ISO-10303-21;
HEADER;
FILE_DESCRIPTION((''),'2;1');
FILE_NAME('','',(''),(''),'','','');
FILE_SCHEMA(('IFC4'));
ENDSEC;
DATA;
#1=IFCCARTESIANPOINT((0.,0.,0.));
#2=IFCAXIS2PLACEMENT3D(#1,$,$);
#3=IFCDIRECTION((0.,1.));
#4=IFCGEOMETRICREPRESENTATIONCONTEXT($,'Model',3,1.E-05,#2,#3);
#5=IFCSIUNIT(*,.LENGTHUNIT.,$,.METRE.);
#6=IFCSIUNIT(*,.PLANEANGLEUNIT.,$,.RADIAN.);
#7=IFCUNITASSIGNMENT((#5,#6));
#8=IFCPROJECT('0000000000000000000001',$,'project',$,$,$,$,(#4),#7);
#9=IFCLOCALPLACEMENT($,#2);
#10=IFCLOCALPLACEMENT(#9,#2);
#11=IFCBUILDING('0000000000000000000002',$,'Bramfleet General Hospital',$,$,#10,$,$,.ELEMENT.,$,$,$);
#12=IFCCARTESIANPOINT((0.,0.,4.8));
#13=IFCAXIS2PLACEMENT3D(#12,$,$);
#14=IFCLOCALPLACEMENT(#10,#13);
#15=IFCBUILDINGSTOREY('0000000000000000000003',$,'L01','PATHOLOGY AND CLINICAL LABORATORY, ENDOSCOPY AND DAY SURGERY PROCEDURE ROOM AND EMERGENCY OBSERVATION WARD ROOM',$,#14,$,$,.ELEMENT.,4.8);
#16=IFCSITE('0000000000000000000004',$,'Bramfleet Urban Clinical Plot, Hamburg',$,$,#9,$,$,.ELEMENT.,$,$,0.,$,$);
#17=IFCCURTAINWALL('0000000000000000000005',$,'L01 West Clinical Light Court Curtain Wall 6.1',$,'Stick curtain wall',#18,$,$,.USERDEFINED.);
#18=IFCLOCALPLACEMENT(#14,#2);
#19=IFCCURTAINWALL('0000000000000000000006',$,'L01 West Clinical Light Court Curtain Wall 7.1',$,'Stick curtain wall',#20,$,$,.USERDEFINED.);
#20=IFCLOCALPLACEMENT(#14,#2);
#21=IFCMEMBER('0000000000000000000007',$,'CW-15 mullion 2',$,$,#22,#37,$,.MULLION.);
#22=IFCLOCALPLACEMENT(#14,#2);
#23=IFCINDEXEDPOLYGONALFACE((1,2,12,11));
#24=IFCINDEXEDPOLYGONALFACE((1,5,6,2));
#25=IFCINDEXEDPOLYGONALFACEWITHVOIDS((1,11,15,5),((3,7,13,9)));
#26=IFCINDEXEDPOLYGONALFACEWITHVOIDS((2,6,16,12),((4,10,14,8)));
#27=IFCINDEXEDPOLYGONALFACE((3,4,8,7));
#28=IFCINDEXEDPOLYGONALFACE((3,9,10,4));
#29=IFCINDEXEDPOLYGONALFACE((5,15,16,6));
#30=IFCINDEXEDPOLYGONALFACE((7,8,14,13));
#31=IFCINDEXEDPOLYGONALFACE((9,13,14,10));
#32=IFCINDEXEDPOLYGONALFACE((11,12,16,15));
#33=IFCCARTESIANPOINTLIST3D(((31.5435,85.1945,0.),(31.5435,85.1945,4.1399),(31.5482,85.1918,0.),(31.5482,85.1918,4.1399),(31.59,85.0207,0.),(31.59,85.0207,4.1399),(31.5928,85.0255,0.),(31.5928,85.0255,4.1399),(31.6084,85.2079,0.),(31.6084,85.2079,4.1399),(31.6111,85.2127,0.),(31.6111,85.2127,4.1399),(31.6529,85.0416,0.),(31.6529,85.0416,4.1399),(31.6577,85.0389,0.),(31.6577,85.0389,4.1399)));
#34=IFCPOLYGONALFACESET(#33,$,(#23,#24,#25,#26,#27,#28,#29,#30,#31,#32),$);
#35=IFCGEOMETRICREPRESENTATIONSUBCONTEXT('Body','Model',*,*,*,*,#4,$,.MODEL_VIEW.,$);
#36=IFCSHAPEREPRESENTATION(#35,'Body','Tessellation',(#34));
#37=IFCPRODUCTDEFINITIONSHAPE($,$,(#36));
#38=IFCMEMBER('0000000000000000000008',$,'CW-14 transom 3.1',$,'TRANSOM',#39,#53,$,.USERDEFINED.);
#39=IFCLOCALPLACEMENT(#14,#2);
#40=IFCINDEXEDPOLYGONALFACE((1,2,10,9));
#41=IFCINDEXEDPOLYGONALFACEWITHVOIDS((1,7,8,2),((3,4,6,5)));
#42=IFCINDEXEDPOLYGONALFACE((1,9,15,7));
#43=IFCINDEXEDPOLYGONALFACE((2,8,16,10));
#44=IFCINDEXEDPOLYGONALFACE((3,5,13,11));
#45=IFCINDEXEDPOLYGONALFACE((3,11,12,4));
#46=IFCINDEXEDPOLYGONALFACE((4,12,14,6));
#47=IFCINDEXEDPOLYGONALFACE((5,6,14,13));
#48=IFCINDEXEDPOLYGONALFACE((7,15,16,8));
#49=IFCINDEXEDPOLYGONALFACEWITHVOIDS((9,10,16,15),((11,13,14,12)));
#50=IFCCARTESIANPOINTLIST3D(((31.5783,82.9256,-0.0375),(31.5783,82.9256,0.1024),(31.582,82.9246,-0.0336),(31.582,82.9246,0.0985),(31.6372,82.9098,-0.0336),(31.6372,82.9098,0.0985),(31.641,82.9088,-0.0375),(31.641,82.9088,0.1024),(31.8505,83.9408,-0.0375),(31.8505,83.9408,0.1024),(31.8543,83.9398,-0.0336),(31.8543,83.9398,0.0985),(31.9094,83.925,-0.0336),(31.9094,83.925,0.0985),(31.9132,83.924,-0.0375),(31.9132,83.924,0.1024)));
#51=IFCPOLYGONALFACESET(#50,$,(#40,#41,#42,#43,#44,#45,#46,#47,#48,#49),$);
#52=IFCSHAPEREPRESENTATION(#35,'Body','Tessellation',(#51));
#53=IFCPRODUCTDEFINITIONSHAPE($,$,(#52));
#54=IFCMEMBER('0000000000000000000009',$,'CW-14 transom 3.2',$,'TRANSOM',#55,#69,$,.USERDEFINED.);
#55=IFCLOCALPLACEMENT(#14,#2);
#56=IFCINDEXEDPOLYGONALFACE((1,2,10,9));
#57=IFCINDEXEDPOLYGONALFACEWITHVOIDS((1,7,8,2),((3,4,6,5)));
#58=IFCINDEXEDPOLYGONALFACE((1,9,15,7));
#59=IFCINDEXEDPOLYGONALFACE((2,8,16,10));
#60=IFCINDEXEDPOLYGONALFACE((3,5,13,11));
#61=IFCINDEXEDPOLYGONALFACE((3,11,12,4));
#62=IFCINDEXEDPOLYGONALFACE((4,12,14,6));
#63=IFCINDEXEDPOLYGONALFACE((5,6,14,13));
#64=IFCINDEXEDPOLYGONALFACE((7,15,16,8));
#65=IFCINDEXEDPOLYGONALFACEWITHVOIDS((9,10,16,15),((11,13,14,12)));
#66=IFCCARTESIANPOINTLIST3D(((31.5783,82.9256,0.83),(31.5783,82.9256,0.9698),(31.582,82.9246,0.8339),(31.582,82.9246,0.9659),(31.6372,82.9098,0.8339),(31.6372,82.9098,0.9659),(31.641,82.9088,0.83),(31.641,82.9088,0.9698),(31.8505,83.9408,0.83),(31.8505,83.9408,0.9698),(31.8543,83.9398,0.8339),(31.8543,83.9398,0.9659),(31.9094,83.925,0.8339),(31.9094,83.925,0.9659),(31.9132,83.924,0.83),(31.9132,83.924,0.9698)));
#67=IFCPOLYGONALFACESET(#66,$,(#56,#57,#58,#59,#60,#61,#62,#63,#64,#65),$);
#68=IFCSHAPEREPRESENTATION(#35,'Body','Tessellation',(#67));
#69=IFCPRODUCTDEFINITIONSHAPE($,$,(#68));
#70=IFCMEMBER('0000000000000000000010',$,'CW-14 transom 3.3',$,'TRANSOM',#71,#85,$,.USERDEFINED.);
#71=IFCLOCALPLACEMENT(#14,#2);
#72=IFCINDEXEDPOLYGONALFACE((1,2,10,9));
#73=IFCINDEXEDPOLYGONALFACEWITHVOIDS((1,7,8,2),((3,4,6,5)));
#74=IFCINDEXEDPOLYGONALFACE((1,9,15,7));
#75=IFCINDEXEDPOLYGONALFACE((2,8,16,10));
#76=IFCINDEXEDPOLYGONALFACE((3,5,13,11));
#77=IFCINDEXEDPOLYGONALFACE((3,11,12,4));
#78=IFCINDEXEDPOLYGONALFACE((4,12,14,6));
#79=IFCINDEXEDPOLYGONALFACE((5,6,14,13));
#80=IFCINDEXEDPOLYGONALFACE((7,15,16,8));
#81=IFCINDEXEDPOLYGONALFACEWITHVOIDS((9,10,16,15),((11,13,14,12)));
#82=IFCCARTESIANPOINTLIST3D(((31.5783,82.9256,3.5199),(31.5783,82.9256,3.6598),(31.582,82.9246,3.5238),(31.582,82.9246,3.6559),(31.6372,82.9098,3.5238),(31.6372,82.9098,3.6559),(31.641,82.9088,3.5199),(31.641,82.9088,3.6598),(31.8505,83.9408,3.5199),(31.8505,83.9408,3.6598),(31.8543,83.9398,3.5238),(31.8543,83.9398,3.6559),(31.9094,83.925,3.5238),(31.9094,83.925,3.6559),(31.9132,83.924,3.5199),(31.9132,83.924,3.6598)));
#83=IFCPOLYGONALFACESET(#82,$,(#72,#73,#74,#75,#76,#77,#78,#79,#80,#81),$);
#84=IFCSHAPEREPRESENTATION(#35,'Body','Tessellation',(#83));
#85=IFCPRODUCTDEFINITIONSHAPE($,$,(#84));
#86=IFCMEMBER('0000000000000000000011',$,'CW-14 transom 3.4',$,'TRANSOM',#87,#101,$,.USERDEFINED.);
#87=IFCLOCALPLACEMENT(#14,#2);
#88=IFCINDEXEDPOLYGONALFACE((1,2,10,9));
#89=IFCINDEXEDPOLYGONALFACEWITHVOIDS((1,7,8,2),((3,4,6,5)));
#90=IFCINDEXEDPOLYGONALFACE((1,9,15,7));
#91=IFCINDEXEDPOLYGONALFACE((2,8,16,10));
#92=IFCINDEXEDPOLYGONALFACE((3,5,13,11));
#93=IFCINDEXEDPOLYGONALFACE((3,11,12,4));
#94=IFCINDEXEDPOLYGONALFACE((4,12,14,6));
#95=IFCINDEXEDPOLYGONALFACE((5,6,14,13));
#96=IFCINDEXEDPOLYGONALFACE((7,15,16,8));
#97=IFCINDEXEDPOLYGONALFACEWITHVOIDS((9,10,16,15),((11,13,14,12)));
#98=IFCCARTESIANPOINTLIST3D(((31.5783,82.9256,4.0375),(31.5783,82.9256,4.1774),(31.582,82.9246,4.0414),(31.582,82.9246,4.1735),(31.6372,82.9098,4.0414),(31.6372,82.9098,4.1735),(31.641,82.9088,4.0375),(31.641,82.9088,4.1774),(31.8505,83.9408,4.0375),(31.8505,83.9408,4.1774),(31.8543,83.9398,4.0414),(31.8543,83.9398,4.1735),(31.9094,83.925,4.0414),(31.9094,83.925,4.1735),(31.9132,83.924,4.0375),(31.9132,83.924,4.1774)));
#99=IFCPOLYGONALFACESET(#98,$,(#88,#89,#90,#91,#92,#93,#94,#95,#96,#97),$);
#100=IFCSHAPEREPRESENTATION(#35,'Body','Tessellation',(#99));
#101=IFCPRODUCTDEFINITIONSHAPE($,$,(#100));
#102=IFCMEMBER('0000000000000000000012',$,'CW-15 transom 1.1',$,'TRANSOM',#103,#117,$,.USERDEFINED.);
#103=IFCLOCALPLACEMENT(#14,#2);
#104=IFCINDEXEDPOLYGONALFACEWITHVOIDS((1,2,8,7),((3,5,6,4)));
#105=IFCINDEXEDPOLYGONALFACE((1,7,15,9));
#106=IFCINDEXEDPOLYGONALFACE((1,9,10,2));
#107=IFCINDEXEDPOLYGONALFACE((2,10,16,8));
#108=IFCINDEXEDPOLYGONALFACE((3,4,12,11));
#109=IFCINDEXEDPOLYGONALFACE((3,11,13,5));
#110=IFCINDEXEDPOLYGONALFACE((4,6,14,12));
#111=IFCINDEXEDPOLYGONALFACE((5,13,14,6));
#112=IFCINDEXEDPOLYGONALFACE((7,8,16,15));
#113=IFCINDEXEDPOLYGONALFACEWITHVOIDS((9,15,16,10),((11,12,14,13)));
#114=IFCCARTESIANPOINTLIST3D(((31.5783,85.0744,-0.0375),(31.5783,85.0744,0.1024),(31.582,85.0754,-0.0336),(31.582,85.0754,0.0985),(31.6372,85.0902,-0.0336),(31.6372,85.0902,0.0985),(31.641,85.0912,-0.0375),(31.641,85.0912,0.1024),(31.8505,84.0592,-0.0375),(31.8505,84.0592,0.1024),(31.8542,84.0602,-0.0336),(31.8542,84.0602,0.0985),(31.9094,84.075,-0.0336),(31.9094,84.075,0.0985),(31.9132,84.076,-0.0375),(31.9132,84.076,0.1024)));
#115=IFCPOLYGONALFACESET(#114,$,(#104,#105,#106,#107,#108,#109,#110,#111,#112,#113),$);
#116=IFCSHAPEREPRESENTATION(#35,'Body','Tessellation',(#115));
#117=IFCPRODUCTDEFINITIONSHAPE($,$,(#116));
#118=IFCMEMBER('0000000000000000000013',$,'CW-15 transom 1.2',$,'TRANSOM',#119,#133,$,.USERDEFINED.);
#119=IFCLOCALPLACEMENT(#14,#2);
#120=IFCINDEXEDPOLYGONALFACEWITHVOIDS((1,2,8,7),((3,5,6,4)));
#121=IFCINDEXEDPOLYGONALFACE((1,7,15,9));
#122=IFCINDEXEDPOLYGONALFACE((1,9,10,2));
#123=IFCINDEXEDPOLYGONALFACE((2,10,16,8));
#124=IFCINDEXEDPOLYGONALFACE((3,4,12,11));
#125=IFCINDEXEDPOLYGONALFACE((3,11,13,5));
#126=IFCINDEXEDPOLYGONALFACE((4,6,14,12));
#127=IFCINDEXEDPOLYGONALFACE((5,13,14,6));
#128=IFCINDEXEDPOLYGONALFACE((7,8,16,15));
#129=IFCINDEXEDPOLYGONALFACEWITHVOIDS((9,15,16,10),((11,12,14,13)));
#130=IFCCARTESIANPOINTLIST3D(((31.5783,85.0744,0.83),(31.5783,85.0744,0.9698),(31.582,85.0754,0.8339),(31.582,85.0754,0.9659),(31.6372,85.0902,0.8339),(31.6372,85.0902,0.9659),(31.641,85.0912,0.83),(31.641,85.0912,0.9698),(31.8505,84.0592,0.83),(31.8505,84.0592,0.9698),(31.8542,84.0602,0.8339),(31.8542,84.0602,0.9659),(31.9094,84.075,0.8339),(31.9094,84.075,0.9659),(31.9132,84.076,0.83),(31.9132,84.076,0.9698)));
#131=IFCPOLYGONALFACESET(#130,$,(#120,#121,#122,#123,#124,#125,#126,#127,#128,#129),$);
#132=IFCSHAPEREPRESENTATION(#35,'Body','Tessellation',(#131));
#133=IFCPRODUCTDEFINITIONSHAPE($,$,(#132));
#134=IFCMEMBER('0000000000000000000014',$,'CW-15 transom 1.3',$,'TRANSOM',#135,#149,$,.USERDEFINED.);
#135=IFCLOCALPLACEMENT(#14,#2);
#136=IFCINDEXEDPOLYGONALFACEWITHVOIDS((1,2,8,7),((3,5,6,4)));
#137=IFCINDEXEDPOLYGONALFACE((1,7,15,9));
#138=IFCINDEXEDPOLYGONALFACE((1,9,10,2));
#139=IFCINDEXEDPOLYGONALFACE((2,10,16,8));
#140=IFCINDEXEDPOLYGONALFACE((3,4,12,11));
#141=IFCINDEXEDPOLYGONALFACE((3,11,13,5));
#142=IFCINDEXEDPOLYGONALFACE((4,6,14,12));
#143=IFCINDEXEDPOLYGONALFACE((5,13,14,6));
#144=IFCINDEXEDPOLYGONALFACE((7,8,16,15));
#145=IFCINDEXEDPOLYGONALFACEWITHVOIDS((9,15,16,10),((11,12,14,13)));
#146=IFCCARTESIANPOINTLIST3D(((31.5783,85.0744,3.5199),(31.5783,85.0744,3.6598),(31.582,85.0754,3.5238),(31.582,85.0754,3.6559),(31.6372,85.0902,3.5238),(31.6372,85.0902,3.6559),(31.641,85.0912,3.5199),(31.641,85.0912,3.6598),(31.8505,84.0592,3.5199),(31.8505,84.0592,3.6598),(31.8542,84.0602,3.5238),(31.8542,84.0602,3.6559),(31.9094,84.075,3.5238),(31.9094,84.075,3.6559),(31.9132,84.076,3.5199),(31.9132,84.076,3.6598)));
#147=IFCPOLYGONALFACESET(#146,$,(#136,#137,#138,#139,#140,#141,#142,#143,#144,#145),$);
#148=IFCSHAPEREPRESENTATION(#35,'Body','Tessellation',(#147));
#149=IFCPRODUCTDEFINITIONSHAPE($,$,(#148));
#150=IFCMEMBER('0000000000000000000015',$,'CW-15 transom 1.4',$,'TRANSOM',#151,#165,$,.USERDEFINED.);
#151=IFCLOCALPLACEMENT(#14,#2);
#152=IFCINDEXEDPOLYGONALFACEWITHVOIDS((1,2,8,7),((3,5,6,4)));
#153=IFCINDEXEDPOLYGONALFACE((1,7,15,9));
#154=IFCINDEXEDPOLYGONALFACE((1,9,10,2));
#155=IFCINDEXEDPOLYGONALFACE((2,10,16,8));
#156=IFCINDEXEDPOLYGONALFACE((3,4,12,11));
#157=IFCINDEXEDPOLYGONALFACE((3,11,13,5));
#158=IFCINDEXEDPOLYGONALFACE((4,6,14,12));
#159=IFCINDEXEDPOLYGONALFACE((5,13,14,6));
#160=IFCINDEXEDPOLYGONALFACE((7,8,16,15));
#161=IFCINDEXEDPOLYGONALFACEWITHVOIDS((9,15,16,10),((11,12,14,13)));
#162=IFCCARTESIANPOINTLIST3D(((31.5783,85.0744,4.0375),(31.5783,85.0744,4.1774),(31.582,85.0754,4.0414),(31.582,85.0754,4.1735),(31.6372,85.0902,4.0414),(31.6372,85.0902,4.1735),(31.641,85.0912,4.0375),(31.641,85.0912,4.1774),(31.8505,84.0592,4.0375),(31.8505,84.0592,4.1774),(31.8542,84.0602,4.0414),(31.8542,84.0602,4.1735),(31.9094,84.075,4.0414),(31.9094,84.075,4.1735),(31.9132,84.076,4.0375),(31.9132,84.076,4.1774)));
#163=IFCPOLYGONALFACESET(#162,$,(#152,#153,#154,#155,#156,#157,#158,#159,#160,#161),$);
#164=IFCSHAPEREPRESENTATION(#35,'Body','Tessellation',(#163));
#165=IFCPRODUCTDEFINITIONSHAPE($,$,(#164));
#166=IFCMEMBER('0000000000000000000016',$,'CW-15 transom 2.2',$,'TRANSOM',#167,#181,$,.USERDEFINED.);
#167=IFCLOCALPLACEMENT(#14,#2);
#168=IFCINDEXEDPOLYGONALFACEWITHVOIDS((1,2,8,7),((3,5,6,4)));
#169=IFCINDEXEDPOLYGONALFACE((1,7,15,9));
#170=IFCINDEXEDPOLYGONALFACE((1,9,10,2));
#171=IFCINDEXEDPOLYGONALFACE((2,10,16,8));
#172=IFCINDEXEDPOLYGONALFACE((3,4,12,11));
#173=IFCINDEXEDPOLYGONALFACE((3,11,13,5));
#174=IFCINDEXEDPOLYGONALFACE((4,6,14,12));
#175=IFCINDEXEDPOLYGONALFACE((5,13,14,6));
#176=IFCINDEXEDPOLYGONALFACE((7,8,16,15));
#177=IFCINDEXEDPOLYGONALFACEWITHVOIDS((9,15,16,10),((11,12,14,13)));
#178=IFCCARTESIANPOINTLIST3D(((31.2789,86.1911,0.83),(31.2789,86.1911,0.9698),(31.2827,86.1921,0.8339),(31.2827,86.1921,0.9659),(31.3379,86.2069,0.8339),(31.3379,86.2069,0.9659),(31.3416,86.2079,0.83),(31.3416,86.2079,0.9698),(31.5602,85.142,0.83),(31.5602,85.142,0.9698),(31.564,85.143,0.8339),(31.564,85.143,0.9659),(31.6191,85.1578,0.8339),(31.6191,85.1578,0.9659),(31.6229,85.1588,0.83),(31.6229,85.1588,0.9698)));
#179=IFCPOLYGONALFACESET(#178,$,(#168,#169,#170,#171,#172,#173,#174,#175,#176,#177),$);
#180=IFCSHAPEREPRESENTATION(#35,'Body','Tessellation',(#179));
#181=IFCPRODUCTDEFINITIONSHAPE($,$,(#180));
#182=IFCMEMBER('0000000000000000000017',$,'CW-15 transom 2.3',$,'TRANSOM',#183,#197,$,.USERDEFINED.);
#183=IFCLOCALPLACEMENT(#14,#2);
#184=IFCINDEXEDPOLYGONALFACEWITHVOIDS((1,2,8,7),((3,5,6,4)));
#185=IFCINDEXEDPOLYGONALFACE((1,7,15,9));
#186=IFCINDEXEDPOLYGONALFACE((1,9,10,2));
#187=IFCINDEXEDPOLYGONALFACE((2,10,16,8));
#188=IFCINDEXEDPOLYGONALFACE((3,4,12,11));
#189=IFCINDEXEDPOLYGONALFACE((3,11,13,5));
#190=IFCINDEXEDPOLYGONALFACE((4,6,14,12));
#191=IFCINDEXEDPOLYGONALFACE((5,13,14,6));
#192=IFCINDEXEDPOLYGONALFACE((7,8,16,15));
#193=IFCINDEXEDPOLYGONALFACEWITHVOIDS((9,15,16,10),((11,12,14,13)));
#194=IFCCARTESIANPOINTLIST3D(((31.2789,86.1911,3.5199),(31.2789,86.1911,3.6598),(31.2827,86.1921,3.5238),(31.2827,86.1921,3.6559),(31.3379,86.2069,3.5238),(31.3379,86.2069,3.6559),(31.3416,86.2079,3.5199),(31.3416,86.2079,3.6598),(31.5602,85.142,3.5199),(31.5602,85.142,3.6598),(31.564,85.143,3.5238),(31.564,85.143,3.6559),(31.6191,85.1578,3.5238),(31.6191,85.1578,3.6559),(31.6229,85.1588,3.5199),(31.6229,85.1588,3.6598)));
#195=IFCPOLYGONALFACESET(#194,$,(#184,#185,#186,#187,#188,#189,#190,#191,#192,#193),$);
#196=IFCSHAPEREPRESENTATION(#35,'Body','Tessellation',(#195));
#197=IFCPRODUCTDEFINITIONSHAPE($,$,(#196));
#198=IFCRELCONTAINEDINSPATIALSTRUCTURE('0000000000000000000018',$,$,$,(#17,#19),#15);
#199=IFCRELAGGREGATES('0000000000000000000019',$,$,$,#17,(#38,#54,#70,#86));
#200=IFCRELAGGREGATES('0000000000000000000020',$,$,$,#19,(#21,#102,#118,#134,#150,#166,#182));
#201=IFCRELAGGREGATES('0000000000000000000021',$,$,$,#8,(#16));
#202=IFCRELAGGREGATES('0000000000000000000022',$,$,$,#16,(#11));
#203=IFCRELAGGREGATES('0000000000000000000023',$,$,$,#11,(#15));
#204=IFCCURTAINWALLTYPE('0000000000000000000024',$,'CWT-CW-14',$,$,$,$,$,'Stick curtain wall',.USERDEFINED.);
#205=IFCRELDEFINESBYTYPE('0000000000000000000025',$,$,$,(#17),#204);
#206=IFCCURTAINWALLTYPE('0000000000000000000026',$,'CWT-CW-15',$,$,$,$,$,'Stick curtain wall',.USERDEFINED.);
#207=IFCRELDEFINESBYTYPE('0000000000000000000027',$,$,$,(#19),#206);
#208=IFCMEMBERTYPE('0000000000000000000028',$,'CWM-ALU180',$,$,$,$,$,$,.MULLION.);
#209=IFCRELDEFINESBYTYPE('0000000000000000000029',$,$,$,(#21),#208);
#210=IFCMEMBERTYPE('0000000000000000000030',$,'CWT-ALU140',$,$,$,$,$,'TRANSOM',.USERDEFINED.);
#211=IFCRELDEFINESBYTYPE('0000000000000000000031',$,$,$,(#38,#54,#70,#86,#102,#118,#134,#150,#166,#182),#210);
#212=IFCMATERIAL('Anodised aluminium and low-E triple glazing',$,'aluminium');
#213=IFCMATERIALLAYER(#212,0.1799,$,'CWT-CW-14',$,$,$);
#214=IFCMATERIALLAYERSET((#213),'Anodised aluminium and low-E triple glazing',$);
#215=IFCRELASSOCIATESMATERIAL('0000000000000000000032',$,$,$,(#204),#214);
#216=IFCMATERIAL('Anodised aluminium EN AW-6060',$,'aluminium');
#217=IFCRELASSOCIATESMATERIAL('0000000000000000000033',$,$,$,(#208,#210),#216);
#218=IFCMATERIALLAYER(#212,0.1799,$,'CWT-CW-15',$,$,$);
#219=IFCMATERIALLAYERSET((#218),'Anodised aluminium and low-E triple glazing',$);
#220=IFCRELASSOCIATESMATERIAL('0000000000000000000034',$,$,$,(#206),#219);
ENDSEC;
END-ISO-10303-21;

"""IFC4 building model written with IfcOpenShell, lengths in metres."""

from ifc_helpers import new_model, si_unit, direction, frame, origin, origin_2d, place, context, subcontext, project, spatial, hollow_rectangle, extrude, material, layer, layer_set, material_profile, profile_set, type_object, element, aggregate, save


model = new_model("IFC4")

# Units and contexts
model_context = context("Model", 3, precision=1e-05, world=origin(), true_north=direction((0.0, 1.0)))
body_context = subcontext(model_context, "Body", "Model", "MODEL_VIEW")
ifc_project = project(units=[si_unit("LENGTHUNIT", "METRE"), si_unit("PLANEANGLEUNIT", "RADIAN")], contexts=[model_context])

# Site, building, storey
site_placement = place(None, origin())
site = spatial("IfcSite", under=ifc_project, at=site_placement, Name="Bramfleet Urban Clinical Plot, Hamburg", CompositionType="ELEMENT", RefElevation=0.0)
building_placement = place(site_placement, origin())
building = spatial("IfcBuilding", under=site, at=building_placement, Name="Bramfleet General Hospital", CompositionType="ELEMENT")
storey_placement = place(building_placement, frame((0.0, 0.0, 4.8)))
storey = spatial("IfcBuildingStorey", under=building, at=storey_placement, Name="L01", Description="PATHOLOGY AND CLINICAL LABORATORY, ENDOSCOPY AND DAY SURGERY PROCEDURE ROOM AND EMERGENCY OBSERVATION WARD ROOM", CompositionType="ELEMENT", Elevation=4.8)

# Curtain walls, member
ifc_material_1 = material(Name="Anodised aluminium and low-E triple glazing", Category="aluminium")
ifc_layer_1 = layer(ifc_material_1, 0.1799, Name="CWT-CW-14")
ifc_layer_set_1 = layer_set([ifc_layer_1], Name="Anodised aluminium and low-E triple glazing")
curtain_wall_type_1 = type_object("IfcCurtainWallType", Name="CWT-CW-14", ElementType="Stick curtain wall", PredefinedType="USERDEFINED", material=ifc_layer_set_1)
curtain_wall_1_placement = place(storey_placement, origin())
curtain_wall_1 = element("IfcCurtainWall", 1, at=curtain_wall_1_placement, inside=storey, type_object=curtain_wall_type_1, Name="L01 West Clinical Light Court Curtain Wall 6.1", ObjectType="Stick curtain wall", PredefinedType="USERDEFINED")
ifc_material_2 = material(Name="Anodised aluminium EN AW-6060", Category="aluminium")
ifc_material_profile_1 = material_profile(ifc_material_2, hollow_rectangle(XDim=0.0701, YDim=0.1799, WallThickness=0.0039, at=origin_2d()), Name="ALU 180x70x4.0")
ifc_profile_set_1 = profile_set([ifc_material_profile_1], Name="Anodised aluminium EN AW-6060")
member_type_1 = type_object("IfcMemberType", Name="CWM-ALU180", PredefinedType="MULLION", material=ifc_profile_set_1)
ifc_layer_2 = layer(ifc_material_1, 0.1799, Name="CWT-CW-15")
ifc_layer_set_2 = layer_set([ifc_layer_2], Name="Anodised aluminium and low-E triple glazing")
curtain_wall_type_2 = type_object("IfcCurtainWallType", Name="CWT-CW-15", ElementType="Stick curtain wall", PredefinedType="USERDEFINED", material=ifc_layer_set_2)
curtain_wall_2_placement = place(storey_placement, origin())
curtain_wall_2 = element("IfcCurtainWall", 2, at=curtain_wall_2_placement, inside=storey, type_object=curtain_wall_type_2, Name="L01 West Clinical Light Court Curtain Wall 7.1", ObjectType="Stick curtain wall", PredefinedType="USERDEFINED")
member_1_placement = place(storey_placement, frame((31.6006, 85.1167, 0.0), z_axis=(0.0, 0.0, 1.0), x_axis=(-0.965899, -0.258919, 0.0)))
member_1 = element("IfcMember", 3, at=member_1_placement, type_object=member_type_1, Name="CW-15 mullion 2", PredefinedType="MULLION", context=body_context, shape_type="SweptSolid", body=[
    extrude(hollow_rectangle(XDim=0.0701, YDim=0.1799, WallThickness=0.0039, at=origin_2d()), origin(), (0.0, 0.0, 1.0), 4.1399),
])

# Members
ifc_material_profile_2 = material_profile(ifc_material_2, hollow_rectangle(XDim=0.0649, YDim=0.1399, WallThickness=0.0039, at=origin_2d()), Name="ALU 140x65x4.0")
ifc_profile_set_2 = profile_set([ifc_material_profile_2], Name="Anodised aluminium EN AW-6060")
member_type_2 = type_object("IfcMemberType", Name="CWT-ALU140", ElementType="TRANSOM", PredefinedType="USERDEFINED", material=ifc_profile_set_2)
member_2_placement = place(storey_placement, frame((31.6096, 82.9172, 0.0325), z_axis=(0.259007, 0.965875, 0.0), x_axis=(-0.965875, 0.259007, 0.0)))
member_2 = element("IfcMember", 4, at=member_2_placement, type_object=member_type_2, Name="CW-14 transom 3.1", ObjectType="TRANSOM", PredefinedType="USERDEFINED", context=body_context, shape_type="SweptSolid", body=[
    extrude(hollow_rectangle(XDim=0.0649, YDim=0.1399, WallThickness=0.0039, at=origin_2d()), origin(), (0.0, 0.0, 1.0), 1.051),
])
member_3_placement = place(storey_placement, frame((31.6096, 82.9172, 0.8999), z_axis=(0.259007, 0.965875, 0.0), x_axis=(-0.965875, 0.259007, 0.0)))
member_3 = element("IfcMember", 5, at=member_3_placement, type_object=member_type_2, Name="CW-14 transom 3.2", ObjectType="TRANSOM", PredefinedType="USERDEFINED", context=body_context, shape_type="SweptSolid", body=[
    extrude(hollow_rectangle(XDim=0.0649, YDim=0.1399, WallThickness=0.0039, at=origin_2d()), origin(), (0.0, 0.0, 1.0), 1.051),
])
member_4_placement = place(storey_placement, frame((31.6096, 82.9172, 3.5898), z_axis=(0.259007, 0.965875, 0.0), x_axis=(-0.965875, 0.259007, 0.0)))
member_4 = element("IfcMember", 6, at=member_4_placement, type_object=member_type_2, Name="CW-14 transom 3.3", ObjectType="TRANSOM", PredefinedType="USERDEFINED", context=body_context, shape_type="SweptSolid", body=[
    extrude(hollow_rectangle(XDim=0.0649, YDim=0.1399, WallThickness=0.0039, at=origin_2d()), origin(), (0.0, 0.0, 1.0), 1.051),
])
member_5_placement = place(storey_placement, frame((31.6096, 82.9172, 4.1074), z_axis=(0.259007, 0.965875, 0.0), x_axis=(-0.965875, 0.259007, 0.0)))
member_5 = element("IfcMember", 7, at=member_5_placement, type_object=member_type_2, Name="CW-14 transom 3.4", ObjectType="TRANSOM", PredefinedType="USERDEFINED", context=body_context, shape_type="SweptSolid", body=[
    extrude(hollow_rectangle(XDim=0.0649, YDim=0.1399, WallThickness=0.0039, at=origin_2d()), origin(), (0.0, 0.0, 1.0), 1.051),
])
member_6_placement = place(storey_placement, frame((31.8818, 84.0676, 0.0325), z_axis=(-0.259007, 0.965875, 0.0), x_axis=(-0.965875, -0.259007, 0.0)))
member_6 = element("IfcMember", 8, at=member_6_placement, type_object=member_type_2, Name="CW-15 transom 1.1", ObjectType="TRANSOM", PredefinedType="USERDEFINED", context=body_context, shape_type="SweptSolid", body=[
    extrude(hollow_rectangle(XDim=0.0649, YDim=0.1399, WallThickness=0.0039, at=origin_2d()), origin(), (0.0, 0.0, 1.0), 1.051),
])
member_7_placement = place(storey_placement, frame((31.8818, 84.0676, 0.8999), z_axis=(-0.259007, 0.965875, 0.0), x_axis=(-0.965875, -0.259007, 0.0)))
member_7 = element("IfcMember", 9, at=member_7_placement, type_object=member_type_2, Name="CW-15 transom 1.2", ObjectType="TRANSOM", PredefinedType="USERDEFINED", context=body_context, shape_type="SweptSolid", body=[
    extrude(hollow_rectangle(XDim=0.0649, YDim=0.1399, WallThickness=0.0039, at=origin_2d()), origin(), (0.0, 0.0, 1.0), 1.051),
])
member_8_placement = place(storey_placement, frame((31.8818, 84.0676, 3.5898), z_axis=(-0.259007, 0.965875, 0.0), x_axis=(-0.965875, -0.259007, 0.0)))
member_8 = element("IfcMember", 10, at=member_8_placement, type_object=member_type_2, Name="CW-15 transom 1.3", ObjectType="TRANSOM", PredefinedType="USERDEFINED", context=body_context, shape_type="SweptSolid", body=[
    extrude(hollow_rectangle(XDim=0.0649, YDim=0.1399, WallThickness=0.0039, at=origin_2d()), origin(), (0.0, 0.0, 1.0), 1.051),
])
member_9_placement = place(storey_placement, frame((31.8818, 84.0676, 4.1074), z_axis=(-0.259007, 0.965875, 0.0), x_axis=(-0.965875, -0.259007, 0.0)))
member_9 = element("IfcMember", 11, at=member_9_placement, type_object=member_type_2, Name="CW-15 transom 1.4", ObjectType="TRANSOM", PredefinedType="USERDEFINED", context=body_context, shape_type="SweptSolid", body=[
    extrude(hollow_rectangle(XDim=0.0649, YDim=0.1399, WallThickness=0.0039, at=origin_2d()), origin(), (0.0, 0.0, 1.0), 1.051),
])
member_10_placement = place(storey_placement, frame((31.5916, 85.1504, 0.8999), z_axis=(-0.25895, 0.965891, 0.0), x_axis=(-0.965891, -0.25895, 0.0)))
member_10 = element("IfcMember", 12, at=member_10_placement, type_object=member_type_2, Name="CW-15 transom 2.2", ObjectType="TRANSOM", PredefinedType="USERDEFINED", context=body_context, shape_type="SweptSolid", body=[
    extrude(hollow_rectangle(XDim=0.0649, YDim=0.1399, WallThickness=0.0039, at=origin_2d()), origin(), (0.0, 0.0, 1.0), 1.0862),
])
member_11_placement = place(storey_placement, frame((31.5916, 85.1504, 3.5898), z_axis=(-0.25895, 0.965891, 0.0), x_axis=(-0.965891, -0.25895, 0.0)))
member_11 = element("IfcMember", 13, at=member_11_placement, type_object=member_type_2, Name="CW-15 transom 2.3", ObjectType="TRANSOM", PredefinedType="USERDEFINED", context=body_context, shape_type="SweptSolid", body=[
    extrude(hollow_rectangle(XDim=0.0649, YDim=0.1399, WallThickness=0.0039, at=origin_2d()), origin(), (0.0, 0.0, 1.0), 1.0862),
])

aggregate(curtain_wall_1, [member_2, member_3, member_4, member_5])
aggregate(curtain_wall_2, [member_1, member_6, member_7, member_8, member_9, member_10, member_11])

save(model, "model.ifc")
